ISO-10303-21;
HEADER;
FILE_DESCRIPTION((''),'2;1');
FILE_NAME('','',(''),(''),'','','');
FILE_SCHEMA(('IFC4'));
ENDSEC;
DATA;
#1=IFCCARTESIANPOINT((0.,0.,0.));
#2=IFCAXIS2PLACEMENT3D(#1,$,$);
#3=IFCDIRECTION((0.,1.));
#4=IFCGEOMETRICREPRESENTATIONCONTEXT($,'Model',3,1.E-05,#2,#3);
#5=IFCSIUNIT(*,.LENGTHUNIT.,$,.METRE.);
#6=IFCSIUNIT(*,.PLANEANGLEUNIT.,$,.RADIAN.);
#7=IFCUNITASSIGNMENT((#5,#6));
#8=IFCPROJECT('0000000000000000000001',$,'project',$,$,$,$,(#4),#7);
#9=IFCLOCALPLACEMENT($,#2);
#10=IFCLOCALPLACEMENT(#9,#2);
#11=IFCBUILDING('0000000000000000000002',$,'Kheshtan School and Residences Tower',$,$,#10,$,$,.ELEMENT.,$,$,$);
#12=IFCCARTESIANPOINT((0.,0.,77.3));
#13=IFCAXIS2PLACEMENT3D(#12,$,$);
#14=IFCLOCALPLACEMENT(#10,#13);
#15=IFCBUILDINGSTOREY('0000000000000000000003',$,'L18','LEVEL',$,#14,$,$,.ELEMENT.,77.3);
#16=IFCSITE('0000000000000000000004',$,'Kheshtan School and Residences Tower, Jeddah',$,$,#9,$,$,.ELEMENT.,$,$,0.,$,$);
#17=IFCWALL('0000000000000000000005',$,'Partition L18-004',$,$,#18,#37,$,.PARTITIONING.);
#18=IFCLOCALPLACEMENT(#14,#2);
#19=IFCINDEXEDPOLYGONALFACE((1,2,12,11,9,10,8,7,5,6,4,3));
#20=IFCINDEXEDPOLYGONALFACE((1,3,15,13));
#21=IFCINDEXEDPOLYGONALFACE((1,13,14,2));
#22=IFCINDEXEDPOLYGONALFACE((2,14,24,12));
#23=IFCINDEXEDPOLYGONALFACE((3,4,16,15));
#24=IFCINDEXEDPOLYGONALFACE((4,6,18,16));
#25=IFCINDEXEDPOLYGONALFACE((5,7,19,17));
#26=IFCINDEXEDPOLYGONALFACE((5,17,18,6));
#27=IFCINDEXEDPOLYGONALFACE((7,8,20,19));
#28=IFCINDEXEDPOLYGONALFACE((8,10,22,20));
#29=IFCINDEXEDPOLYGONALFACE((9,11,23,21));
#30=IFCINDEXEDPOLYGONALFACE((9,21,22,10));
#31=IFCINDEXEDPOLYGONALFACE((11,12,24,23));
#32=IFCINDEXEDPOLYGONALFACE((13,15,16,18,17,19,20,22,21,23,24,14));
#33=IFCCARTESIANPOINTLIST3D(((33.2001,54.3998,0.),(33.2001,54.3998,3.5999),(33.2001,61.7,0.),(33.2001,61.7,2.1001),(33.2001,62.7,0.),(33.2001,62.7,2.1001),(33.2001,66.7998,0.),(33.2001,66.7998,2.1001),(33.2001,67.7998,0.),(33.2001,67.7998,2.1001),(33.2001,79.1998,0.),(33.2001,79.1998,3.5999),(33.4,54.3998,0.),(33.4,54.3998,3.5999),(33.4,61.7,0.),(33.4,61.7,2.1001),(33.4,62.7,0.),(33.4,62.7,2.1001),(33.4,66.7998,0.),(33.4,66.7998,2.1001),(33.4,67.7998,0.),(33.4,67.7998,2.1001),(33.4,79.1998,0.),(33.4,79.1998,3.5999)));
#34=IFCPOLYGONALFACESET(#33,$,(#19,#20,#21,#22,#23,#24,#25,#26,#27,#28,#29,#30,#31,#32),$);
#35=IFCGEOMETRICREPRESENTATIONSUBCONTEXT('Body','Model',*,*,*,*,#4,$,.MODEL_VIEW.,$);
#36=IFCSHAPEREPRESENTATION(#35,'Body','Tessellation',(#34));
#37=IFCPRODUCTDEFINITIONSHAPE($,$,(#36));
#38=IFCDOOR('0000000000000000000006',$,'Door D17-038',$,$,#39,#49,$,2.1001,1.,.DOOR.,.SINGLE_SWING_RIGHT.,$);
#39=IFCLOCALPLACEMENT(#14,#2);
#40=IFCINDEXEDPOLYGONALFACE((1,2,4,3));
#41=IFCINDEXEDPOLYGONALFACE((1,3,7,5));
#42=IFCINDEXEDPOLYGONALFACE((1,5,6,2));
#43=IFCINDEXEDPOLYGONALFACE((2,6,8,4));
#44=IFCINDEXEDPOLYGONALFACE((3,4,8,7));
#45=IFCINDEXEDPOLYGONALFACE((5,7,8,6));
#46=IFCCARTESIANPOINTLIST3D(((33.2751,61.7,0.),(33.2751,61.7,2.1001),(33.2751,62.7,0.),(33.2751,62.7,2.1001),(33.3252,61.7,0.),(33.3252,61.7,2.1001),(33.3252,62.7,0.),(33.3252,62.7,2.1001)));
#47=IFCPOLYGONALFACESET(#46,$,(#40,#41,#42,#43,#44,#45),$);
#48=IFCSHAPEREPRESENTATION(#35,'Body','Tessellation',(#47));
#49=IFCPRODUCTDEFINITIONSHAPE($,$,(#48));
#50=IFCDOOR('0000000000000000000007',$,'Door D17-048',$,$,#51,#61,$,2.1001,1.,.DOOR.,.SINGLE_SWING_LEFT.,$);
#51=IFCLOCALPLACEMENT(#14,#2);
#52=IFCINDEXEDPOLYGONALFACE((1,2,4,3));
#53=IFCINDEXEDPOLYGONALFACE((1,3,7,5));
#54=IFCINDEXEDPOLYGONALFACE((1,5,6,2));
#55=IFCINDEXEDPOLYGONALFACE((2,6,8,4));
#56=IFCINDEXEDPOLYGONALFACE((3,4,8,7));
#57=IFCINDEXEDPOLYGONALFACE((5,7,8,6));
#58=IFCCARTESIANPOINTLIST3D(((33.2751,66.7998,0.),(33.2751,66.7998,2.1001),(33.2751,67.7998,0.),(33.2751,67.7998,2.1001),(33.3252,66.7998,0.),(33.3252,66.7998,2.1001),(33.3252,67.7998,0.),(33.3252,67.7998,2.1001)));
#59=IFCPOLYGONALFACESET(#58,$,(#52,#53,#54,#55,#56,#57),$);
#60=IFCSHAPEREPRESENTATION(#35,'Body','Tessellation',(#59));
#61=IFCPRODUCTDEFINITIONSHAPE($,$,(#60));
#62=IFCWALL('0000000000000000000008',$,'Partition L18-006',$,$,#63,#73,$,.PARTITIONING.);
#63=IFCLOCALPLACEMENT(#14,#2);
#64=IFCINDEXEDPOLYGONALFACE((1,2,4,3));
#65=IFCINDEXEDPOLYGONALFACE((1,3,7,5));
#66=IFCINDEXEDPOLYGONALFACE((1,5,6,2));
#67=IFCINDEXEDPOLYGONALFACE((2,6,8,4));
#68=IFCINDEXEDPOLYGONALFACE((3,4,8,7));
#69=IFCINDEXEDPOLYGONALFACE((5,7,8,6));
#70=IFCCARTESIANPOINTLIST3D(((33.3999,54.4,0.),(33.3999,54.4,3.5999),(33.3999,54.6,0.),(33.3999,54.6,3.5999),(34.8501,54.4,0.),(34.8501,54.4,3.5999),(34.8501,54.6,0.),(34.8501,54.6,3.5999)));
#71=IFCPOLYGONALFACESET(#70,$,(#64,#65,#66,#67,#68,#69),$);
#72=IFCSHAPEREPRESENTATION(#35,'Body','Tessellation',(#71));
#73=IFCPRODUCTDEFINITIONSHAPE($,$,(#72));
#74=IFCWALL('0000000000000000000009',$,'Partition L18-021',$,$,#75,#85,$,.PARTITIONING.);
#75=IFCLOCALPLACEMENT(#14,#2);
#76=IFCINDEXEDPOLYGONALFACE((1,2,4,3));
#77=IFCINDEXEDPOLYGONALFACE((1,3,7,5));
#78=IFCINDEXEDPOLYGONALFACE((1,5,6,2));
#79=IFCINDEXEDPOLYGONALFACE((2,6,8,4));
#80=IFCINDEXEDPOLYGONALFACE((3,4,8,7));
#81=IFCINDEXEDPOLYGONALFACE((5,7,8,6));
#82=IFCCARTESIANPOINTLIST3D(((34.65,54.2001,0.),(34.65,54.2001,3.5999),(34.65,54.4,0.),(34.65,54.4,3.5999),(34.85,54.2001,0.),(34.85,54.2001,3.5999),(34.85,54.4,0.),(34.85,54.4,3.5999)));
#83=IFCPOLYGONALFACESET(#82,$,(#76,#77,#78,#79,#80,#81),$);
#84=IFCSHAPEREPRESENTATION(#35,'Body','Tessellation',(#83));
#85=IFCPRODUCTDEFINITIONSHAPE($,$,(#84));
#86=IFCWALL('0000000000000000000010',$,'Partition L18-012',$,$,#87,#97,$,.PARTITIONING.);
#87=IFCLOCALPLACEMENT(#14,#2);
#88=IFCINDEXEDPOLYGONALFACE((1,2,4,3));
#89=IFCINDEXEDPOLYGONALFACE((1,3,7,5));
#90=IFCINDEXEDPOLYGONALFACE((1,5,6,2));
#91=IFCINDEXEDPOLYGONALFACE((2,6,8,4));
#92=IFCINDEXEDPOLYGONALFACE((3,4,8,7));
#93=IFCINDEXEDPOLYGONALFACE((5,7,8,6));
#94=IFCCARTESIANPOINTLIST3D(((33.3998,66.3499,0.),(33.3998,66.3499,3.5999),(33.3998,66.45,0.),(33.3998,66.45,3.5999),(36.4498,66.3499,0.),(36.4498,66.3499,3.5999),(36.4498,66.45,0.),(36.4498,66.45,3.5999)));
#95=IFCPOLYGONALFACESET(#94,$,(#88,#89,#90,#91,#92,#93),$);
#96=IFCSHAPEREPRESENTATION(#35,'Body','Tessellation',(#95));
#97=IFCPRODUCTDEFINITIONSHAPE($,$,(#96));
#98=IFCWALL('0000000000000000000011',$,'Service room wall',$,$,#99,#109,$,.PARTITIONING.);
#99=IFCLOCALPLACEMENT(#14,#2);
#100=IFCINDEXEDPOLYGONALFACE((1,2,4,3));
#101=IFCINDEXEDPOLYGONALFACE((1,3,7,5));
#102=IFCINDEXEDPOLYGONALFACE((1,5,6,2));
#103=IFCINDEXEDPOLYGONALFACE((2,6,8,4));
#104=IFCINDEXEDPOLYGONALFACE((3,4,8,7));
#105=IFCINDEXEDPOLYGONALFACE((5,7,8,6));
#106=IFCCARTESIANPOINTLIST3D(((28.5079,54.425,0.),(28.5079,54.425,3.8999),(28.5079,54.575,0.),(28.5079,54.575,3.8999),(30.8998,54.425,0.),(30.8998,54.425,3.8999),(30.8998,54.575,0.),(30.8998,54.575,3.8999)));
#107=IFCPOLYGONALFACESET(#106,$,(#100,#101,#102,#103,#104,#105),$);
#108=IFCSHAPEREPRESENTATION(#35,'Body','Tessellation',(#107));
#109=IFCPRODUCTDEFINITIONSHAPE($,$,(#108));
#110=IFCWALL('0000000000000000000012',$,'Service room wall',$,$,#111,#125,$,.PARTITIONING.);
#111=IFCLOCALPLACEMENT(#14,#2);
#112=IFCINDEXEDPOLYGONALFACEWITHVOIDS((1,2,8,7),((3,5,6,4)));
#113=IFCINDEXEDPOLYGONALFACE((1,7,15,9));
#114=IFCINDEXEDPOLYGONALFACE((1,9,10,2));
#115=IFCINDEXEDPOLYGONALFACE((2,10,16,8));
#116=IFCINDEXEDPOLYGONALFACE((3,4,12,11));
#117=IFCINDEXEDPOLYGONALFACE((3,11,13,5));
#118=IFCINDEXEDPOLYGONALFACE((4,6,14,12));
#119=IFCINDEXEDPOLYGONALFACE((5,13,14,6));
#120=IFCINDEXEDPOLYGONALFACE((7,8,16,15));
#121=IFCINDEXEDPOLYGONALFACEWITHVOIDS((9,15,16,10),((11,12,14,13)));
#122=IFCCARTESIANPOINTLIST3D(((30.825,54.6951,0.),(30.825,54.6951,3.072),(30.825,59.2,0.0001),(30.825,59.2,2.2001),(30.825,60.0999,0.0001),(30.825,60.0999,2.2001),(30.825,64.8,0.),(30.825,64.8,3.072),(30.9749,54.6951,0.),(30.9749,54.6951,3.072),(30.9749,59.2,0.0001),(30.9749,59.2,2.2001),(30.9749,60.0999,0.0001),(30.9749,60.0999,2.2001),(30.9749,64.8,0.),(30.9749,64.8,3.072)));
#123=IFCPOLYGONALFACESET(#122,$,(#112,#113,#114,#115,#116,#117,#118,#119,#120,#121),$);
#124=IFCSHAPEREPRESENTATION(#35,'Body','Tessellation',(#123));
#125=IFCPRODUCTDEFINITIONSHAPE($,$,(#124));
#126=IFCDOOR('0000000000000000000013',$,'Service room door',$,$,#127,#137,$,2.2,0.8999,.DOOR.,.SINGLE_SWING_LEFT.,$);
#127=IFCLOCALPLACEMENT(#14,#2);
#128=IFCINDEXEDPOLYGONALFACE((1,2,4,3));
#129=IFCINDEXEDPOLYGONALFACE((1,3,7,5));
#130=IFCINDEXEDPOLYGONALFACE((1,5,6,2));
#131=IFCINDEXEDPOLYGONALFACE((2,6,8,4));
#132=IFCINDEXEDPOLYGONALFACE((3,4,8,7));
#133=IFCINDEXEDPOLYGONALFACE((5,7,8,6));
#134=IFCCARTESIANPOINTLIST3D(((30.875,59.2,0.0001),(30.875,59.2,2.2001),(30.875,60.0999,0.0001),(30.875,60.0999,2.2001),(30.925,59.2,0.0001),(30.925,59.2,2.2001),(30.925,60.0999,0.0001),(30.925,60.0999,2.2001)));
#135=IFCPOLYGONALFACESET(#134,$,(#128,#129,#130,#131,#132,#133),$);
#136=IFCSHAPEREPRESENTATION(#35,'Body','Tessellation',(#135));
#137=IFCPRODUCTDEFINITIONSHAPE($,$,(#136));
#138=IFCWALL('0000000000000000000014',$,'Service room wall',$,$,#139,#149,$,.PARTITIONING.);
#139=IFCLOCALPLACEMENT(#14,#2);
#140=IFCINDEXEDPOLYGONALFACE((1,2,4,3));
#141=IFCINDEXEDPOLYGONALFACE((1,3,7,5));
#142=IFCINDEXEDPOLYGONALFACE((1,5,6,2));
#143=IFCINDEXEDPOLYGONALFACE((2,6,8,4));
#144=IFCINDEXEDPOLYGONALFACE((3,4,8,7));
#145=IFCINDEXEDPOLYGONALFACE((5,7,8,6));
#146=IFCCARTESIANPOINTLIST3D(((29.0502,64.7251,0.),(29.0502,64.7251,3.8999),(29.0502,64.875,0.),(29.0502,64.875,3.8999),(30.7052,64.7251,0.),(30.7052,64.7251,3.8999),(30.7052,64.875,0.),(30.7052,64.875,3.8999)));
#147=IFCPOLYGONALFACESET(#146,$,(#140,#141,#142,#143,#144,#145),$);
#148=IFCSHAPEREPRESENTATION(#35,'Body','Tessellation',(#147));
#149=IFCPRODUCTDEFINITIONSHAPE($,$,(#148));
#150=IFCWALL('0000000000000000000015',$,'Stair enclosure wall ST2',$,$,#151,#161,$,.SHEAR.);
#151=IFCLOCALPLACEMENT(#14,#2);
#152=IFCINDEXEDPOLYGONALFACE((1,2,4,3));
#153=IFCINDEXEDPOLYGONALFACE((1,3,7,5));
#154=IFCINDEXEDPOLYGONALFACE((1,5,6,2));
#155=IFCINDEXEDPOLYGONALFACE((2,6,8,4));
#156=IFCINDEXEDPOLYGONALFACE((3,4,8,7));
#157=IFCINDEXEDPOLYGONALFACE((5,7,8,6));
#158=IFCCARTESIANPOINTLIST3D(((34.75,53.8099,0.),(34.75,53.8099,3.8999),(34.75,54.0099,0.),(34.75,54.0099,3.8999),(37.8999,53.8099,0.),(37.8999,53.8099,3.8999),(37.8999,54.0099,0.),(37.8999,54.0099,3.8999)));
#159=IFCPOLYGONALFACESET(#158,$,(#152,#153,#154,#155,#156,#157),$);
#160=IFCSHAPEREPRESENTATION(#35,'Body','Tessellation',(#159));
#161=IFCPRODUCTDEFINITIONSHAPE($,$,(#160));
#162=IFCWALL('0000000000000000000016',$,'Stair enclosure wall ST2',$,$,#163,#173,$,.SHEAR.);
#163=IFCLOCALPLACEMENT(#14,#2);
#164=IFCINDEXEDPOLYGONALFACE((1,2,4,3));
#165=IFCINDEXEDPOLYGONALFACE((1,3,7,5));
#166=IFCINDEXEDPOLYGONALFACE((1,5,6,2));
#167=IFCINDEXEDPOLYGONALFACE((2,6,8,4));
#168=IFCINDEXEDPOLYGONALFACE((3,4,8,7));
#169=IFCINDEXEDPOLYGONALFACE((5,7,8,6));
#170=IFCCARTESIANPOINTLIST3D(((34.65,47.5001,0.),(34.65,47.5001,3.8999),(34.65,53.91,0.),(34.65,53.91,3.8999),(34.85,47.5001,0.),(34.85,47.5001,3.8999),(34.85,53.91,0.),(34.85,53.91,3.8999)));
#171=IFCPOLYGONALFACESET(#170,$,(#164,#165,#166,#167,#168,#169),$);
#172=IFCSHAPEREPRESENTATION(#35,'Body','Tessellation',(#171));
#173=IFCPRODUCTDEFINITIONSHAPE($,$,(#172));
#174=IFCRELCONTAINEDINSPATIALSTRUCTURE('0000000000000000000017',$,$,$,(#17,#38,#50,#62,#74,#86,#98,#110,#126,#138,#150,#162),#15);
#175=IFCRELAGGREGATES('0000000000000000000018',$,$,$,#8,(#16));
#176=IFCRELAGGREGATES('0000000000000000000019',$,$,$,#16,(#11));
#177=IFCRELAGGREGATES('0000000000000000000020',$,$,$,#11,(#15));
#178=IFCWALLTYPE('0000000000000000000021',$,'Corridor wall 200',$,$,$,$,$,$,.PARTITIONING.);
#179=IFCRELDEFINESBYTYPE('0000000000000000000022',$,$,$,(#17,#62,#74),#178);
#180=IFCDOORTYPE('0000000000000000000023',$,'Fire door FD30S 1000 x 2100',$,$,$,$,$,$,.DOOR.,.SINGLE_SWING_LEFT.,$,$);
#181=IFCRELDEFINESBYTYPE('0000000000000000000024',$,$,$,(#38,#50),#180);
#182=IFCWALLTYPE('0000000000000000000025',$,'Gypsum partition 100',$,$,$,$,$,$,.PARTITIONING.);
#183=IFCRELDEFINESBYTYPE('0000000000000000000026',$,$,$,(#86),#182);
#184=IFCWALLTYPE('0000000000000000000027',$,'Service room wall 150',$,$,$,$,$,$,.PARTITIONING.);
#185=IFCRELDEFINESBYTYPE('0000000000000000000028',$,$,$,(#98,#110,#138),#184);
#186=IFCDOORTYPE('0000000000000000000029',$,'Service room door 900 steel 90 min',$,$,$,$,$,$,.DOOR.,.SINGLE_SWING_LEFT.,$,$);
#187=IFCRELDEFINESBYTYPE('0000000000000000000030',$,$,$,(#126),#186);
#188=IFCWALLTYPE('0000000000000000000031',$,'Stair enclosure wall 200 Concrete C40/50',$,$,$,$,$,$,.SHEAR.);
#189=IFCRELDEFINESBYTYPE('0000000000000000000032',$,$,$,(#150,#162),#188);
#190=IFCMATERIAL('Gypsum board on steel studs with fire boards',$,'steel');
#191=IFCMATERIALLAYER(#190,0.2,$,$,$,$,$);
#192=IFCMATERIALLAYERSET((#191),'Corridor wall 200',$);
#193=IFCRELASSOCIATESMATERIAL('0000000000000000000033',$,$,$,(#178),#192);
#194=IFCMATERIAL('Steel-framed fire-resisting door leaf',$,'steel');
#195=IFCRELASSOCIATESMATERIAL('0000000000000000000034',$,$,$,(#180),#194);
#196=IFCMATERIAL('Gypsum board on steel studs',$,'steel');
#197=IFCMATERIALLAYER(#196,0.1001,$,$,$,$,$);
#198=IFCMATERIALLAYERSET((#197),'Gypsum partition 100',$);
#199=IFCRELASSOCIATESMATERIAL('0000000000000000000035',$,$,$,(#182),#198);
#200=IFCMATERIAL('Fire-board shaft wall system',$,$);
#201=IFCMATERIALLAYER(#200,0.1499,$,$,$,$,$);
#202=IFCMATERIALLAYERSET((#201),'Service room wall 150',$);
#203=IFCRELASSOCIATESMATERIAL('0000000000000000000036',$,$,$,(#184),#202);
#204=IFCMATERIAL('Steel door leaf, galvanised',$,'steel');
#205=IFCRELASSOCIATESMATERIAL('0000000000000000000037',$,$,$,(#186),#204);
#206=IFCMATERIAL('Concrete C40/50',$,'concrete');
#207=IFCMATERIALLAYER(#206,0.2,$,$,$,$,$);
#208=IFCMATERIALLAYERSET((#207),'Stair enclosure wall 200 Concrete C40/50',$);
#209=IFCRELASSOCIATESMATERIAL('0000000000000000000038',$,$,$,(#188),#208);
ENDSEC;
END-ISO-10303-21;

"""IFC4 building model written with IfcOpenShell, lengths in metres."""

from ifc_helpers import new_model, si_unit, direction, frame, frame_2d, origin, place, context, subcontext, project, spatial, rectangle, extrude, source, transform, mapped, material, layer, layer_set, type_object, element, fill, save


model = new_model("IFC4")

# Units and contexts
model_context = context("Model", 3, precision=1e-05, world=origin(), true_north=direction((0.0, 1.0)))
body_context = subcontext(model_context, "Body", "Model", "MODEL_VIEW")
ifc_project = project(units=[si_unit("LENGTHUNIT", "METRE"), si_unit("PLANEANGLEUNIT", "RADIAN")], contexts=[model_context])

# Site, building, storey
site_placement = place(None, origin())
site = spatial("IfcSite", under=ifc_project, at=site_placement, Name="Kheshtan School and Residences Tower, Jeddah", CompositionType="ELEMENT", RefElevation=0.0)
building_placement = place(site_placement, origin())
building = spatial("IfcBuilding", under=site, at=building_placement, Name="Kheshtan School and Residences Tower", CompositionType="ELEMENT")
storey_placement = place(building_placement, frame((0.0, 0.0, 77.3)))
storey = spatial("IfcBuildingStorey", under=building, at=storey_placement, Name="L18", Description="LEVEL", CompositionType="ELEMENT", Elevation=77.3)

# Wall, openings, doors
ifc_material_1 = material(Name="Gypsum board on steel studs with fire boards", Category="steel")
ifc_layer_1 = layer(ifc_material_1, 0.2)
ifc_layer_set_1 = layer_set([ifc_layer_1], Name="Corridor wall 200")
wall_type_1 = type_object("IfcWallType", Name="Corridor wall 200", PredefinedType="PARTITIONING", material=ifc_layer_set_1)
wall_1_placement = place(storey_placement, frame((33.3, 54.3999, 0.0), z_axis=(0.0, 0.0, 1.0), x_axis=(0.0, 1.0, 0.0)))
wall_1 = element("IfcWall", 1, at=wall_1_placement, inside=storey, type_object=wall_type_1, Name="Partition L18-004", PredefinedType="PARTITIONING", context=body_context, shape_type="SweptSolid", body=[
    extrude(rectangle(XDim=24.8, YDim=0.2, at=frame_2d((12.3999, 0.0))), origin(), (0.0, 0.0, 1.0), 3.5999),
])
opening_1_placement = place(wall_1_placement, frame((7.3, 0.0, 0.0)))
opening_1 = element("IfcOpeningElement", 2, at=opening_1_placement, cuts=wall_1, PredefinedType="OPENING", context=body_context, shape_type="SweptSolid", body=[
    extrude(rectangle(XDim=1.0, YDim=2.1001, at=frame_2d((0.5, 1.05))), frame((0.0, 0.1099, 0.0), z_axis=(0.0, -1.0, 0.0), x_axis=(1.0, 0.0, 0.0)), (0.0, 0.0, 1.0), 0.22),
])
opening_2_placement = place(wall_1_placement, frame((12.3999, 0.0, 0.0)))
opening_2 = element("IfcOpeningElement", 3, at=opening_2_placement, cuts=wall_1, PredefinedType="OPENING", context=body_context, shape_type="SweptSolid", body=[
    extrude(rectangle(XDim=1.0, YDim=2.1001, at=frame_2d((0.5, 1.05))), frame((0.0, 0.1099, 0.0), z_axis=(0.0, -1.0, 0.0), x_axis=(1.0, 0.0, 0.0)), (0.0, 0.0, 1.0), 0.22),
])
ifc_material_2 = material(Name="Steel-framed fire-resisting door leaf", Category="steel")
door_type_1 = type_object("IfcDoorType", Name="Fire door FD30S 1000 x 2100", OperationType="SINGLE_SWING_LEFT", PredefinedType="DOOR", material=ifc_material_2)
shared_shape_1 = source(origin(), body_context, "Body", "SweptSolid", [
    extrude(rectangle(XDim=1.0, YDim=2.1001, at=frame_2d((0.5, 1.05))), frame((0.0, 0.0249, 0.0), z_axis=(0.0, -1.0, 0.0), x_axis=(1.0, 0.0, 0.0)), (0.0, 0.0, 1.0), 0.05),
])
door_1_placement = place(opening_1_placement, origin())
door_1 = element("IfcDoor", 4, at=door_1_placement, inside=storey, type_object=door_type_1, Name="Door D17-038", OperationType="SINGLE_SWING_RIGHT", OverallHeight=2.1001, OverallWidth=1.0, PredefinedType="DOOR", context=body_context, shape_type="MappedRepresentation", body=[
    mapped(shared_shape_1, transform((0.0, 0.0, 0.0), x_axis=(1.0, 0.0, 0.0), y_axis=(0.0, 1.0, 0.0), z_axis=(0.0, 0.0, 1.0), scale=1.0)),
])
fill(opening_1, door_1)
door_2_placement = place(opening_2_placement, origin())
door_2 = element("IfcDoor", 5, at=door_2_placement, inside=storey, type_object=door_type_1, Name="Door D17-048", OperationType="SINGLE_SWING_LEFT", OverallHeight=2.1001, OverallWidth=1.0, PredefinedType="DOOR", context=body_context, shape_type="MappedRepresentation", body=[
    mapped(shared_shape_1, transform((0.0, 0.0, 0.0), x_axis=(1.0, 0.0, 0.0), y_axis=(0.0, 1.0, 0.0), z_axis=(0.0, 0.0, 1.0), scale=1.0)),
])
fill(opening_2, door_2)

# Walls
wall_2_placement = place(storey_placement, frame((33.3999, 54.5, 0.0), z_axis=(0.0, 0.0, 1.0), x_axis=(1.0, 0.0, 0.0)))
element("IfcWall", 6, at=wall_2_placement, inside=storey, type_object=wall_type_1, Name="Partition L18-006", PredefinedType="PARTITIONING", context=body_context, shape_type="SweptSolid", body=[
    extrude(rectangle(XDim=1.4502, YDim=0.2, at=frame_2d((0.7251, 0.0))), origin(), (0.0, 0.0, 1.0), 3.5999),
])
wall_3_placement = place(storey_placement, frame((34.75, 54.2, 0.0), z_axis=(0.0, 0.0, 1.0), x_axis=(0.0, 1.0, 0.0)))
element("IfcWall", 7, at=wall_3_placement, inside=storey, type_object=wall_type_1, Name="Partition L18-021", PredefinedType="PARTITIONING", context=body_context, shape_type="SweptSolid", body=[
    extrude(rectangle(XDim=0.2, YDim=0.2, at=frame_2d((0.1001, 0.0))), origin(), (0.0, 0.0, 1.0), 3.5999),
])
ifc_material_3 = material(Name="Gypsum board on steel studs", Category="steel")
ifc_layer_2 = layer(ifc_material_3, 0.1001)
ifc_layer_set_2 = layer_set([ifc_layer_2], Name="Gypsum partition 100")
wall_type_2 = type_object("IfcWallType", Name="Gypsum partition 100", PredefinedType="PARTITIONING", material=ifc_layer_set_2)
wall_4_placement = place(storey_placement, frame((33.3999, 66.3999, 0.0), z_axis=(0.0, 0.0, 1.0), x_axis=(1.0, 0.0, 0.0)))
element("IfcWall", 8, at=wall_4_placement, inside=storey, type_object=wall_type_2, Name="Partition L18-012", PredefinedType="PARTITIONING", context=body_context, shape_type="SweptSolid", body=[
    extrude(rectangle(XDim=3.05, YDim=0.1001, at=frame_2d((1.5249, 0.0))), origin(), (0.0, 0.0, 1.0), 3.5999),
])
ifc_material_4 = material(Name="Fire-board shaft wall system")
ifc_layer_3 = layer(ifc_material_4, 0.1499)
ifc_layer_set_3 = layer_set([ifc_layer_3], Name="Service room wall 150")
wall_type_3 = type_object("IfcWallType", Name="Service room wall 150", PredefinedType="PARTITIONING", material=ifc_layer_set_3)
wall_5_placement = place(storey_placement, frame((28.5081, 54.5, 0.0), z_axis=(0.0, 0.0, 1.0), x_axis=(1.0, 0.0, 0.0)))
element("IfcWall", 9, at=wall_5_placement, inside=storey, type_object=wall_type_3, Name="Service room wall", PredefinedType="PARTITIONING", context=body_context, shape_type="SweptSolid", body=[
    extrude(rectangle(XDim=2.3918, YDim=0.1499, at=frame_2d((1.1958, 0.0))), origin(), (0.0, 0.0, 1.0), 3.8999),
])

# Wall, opening, door
wall_6_placement = place(storey_placement, frame((30.8999, 54.6951, 0.0), z_axis=(0.0, 0.0, 1.0), x_axis=(0.0, 1.0, 0.0)))
wall_6 = element("IfcWall", 10, at=wall_6_placement, inside=storey, type_object=wall_type_3, Name="Service room wall", PredefinedType="PARTITIONING", context=body_context, shape_type="SweptSolid", body=[
    extrude(rectangle(XDim=10.105, YDim=0.1499, at=frame_2d((5.0525, 0.0))), origin(), (0.0, 0.0, 1.0), 3.072),
])
opening_3_placement = place(wall_6_placement, frame((4.5049, 0.0, 0.0)))
opening_3 = element("IfcOpeningElement", 11, at=opening_3_placement, cuts=wall_6, PredefinedType="OPENING", context=body_context, shape_type="SweptSolid", body=[
    extrude(rectangle(XDim=0.8999, YDim=2.2, at=frame_2d((0.45, 1.1001))), frame((0.0, 0.085, 0.0), z_axis=(0.0, -1.0, 0.0), x_axis=(1.0, 0.0, 0.0)), (0.0, 0.0, 1.0), 0.1699),
])
ifc_material_5 = material(Name="Steel door leaf, galvanised", Category="steel")
door_type_2 = type_object("IfcDoorType", Name="Service room door 900 steel 90 min", OperationType="SINGLE_SWING_LEFT", PredefinedType="DOOR", material=ifc_material_5)
shared_shape_2 = source(origin(), body_context, "Body", "SweptSolid", [
    extrude(rectangle(XDim=0.8999, YDim=2.2, at=frame_2d((0.45, 1.1001))), frame((0.0, 0.0249, 0.0), z_axis=(0.0, -1.0, 0.0), x_axis=(1.0, 0.0, 0.0)), (0.0, 0.0, 1.0), 0.05),
])
door_3_placement = place(opening_3_placement, origin())
door_3 = element("IfcDoor", 12, at=door_3_placement, inside=storey, type_object=door_type_2, Name="Service room door", OperationType="SINGLE_SWING_LEFT", OverallHeight=2.2, OverallWidth=0.8999, PredefinedType="DOOR", context=body_context, shape_type="MappedRepresentation", body=[
    mapped(shared_shape_2, transform((0.0, 0.0, 0.0), x_axis=(1.0, 0.0, 0.0), y_axis=(0.0, 1.0, 0.0), z_axis=(0.0, 0.0, 1.0), scale=1.0)),
])
fill(opening_3, door_3)

# Walls
wall_7_placement = place(storey_placement, frame((29.05, 64.8, 0.0), z_axis=(0.0, 0.0, 1.0), x_axis=(1.0, 0.0, 0.0)))
element("IfcWall", 13, at=wall_7_placement, inside=storey, type_object=wall_type_3, Name="Service room wall", PredefinedType="PARTITIONING", context=body_context, shape_type="SweptSolid", body=[
    extrude(rectangle(XDim=1.655, YDim=0.1499, at=frame_2d((0.8276, 0.0))), origin(), (0.0, 0.0, 1.0), 3.8999),
])
ifc_material_6 = material(Name="Concrete C40/50", Category="concrete")
ifc_layer_4 = layer(ifc_material_6, 0.2)
ifc_layer_set_4 = layer_set([ifc_layer_4], Name="Stair enclosure wall 200 Concrete C40/50")
wall_type_4 = type_object("IfcWallType", Name="Stair enclosure wall 200 Concrete C40/50", PredefinedType="SHEAR", material=ifc_layer_set_4)
wall_8_placement = place(storey_placement, frame((34.75, 53.9099, 0.0), z_axis=(0.0, 0.0, 1.0), x_axis=(1.0, 0.0, 0.0)))
element("IfcWall", 14, at=wall_8_placement, inside=storey, type_object=wall_type_4, Name="Stair enclosure wall ST2", PredefinedType="SHEAR", context=body_context, shape_type="SweptSolid", body=[
    extrude(rectangle(XDim=3.1499, YDim=0.2, at=frame_2d((1.575, 0.0))), origin(), (0.0, 0.0, 1.0), 3.8999),
])
wall_9_placement = place(storey_placement, frame((34.75, 47.5, 0.0), z_axis=(0.0, 0.0, 1.0), x_axis=(0.0, 1.0, 0.0)))
element("IfcWall", 15, at=wall_9_placement, inside=storey, type_object=wall_type_4, Name="Stair enclosure wall ST2", PredefinedType="SHEAR", context=body_context, shape_type="SweptSolid", body=[
    extrude(rectangle(XDim=6.4099, YDim=0.2, at=frame_2d((3.2051, 0.0))), origin(), (0.0, 0.0, 1.0), 3.8999),
])

save(model, "model.ifc")
